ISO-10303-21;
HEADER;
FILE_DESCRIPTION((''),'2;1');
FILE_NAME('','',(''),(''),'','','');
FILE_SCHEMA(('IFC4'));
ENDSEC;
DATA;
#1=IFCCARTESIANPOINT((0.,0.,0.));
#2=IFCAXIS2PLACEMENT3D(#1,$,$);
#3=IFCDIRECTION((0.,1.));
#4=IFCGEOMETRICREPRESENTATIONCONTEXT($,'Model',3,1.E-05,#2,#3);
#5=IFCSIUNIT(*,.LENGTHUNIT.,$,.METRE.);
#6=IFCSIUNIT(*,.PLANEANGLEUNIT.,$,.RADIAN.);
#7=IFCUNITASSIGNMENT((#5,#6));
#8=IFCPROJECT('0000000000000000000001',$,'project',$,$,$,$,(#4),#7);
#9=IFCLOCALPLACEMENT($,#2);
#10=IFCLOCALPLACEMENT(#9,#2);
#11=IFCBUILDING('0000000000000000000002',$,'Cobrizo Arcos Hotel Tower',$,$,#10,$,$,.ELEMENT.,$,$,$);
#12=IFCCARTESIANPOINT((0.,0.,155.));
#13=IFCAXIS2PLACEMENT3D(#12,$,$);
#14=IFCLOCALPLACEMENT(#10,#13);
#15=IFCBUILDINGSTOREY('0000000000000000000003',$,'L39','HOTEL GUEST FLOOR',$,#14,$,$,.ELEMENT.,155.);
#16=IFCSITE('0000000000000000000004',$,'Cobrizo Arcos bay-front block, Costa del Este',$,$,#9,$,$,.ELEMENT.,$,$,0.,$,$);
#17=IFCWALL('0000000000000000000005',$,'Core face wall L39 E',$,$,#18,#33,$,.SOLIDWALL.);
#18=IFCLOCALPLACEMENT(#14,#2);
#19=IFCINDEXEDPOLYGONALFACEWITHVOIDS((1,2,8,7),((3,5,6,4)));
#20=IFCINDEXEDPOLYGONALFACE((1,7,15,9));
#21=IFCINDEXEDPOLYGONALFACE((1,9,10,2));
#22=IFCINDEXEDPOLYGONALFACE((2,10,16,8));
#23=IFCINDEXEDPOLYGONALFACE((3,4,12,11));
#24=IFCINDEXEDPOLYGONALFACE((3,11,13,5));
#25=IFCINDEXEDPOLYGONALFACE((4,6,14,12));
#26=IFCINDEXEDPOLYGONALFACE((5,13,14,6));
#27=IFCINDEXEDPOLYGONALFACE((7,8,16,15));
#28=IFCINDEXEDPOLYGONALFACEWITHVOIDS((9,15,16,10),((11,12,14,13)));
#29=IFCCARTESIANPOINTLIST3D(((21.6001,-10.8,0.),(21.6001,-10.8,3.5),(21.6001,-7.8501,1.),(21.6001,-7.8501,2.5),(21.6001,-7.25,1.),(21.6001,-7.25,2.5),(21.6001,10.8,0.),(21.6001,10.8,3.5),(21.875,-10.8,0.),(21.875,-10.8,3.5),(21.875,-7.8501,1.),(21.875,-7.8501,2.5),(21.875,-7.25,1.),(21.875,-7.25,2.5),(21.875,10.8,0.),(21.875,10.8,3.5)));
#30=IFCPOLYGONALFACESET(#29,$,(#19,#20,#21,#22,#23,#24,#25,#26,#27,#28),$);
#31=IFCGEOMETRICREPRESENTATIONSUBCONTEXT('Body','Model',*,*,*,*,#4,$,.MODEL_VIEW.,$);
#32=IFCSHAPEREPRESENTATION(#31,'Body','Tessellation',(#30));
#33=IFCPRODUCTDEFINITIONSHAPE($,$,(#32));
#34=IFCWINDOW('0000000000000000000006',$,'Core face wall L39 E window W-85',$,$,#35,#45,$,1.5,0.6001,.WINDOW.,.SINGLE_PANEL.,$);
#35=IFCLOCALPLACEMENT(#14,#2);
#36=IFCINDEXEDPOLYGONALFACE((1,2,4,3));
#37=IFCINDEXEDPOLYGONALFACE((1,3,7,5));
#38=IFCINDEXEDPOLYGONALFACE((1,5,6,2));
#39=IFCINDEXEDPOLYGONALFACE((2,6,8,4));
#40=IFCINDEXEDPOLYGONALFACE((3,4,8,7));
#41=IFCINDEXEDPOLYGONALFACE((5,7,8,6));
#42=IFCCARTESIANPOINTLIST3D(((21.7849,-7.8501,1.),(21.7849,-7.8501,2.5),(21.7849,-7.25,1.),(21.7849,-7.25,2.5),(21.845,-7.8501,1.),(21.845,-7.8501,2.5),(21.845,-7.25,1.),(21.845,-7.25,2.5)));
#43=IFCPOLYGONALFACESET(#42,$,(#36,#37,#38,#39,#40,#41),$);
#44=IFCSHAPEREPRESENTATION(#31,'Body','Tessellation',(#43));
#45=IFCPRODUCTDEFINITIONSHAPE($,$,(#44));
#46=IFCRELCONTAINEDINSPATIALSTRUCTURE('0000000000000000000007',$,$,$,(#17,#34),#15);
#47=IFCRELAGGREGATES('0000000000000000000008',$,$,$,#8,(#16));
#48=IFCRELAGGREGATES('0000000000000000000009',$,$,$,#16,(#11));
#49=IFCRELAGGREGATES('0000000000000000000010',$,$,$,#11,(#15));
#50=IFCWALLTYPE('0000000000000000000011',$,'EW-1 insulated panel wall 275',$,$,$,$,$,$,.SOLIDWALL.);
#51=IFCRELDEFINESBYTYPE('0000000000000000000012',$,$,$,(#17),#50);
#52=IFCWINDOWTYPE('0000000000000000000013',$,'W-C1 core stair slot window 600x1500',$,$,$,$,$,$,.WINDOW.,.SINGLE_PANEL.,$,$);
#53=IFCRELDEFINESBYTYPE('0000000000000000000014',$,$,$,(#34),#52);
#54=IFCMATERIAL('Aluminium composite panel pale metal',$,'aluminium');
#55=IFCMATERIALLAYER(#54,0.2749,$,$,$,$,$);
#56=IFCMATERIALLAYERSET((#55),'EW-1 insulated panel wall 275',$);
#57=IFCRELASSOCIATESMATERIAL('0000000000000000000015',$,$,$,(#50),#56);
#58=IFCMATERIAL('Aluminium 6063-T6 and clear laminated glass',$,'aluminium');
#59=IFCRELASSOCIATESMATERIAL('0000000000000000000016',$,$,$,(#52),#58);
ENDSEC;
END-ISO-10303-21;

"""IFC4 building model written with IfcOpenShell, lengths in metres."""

from ifc_helpers import new_model, si_unit, direction, frame, frame_2d, origin, place, context, subcontext, project, spatial, rectangle, extrude, material, layer, layer_set, type_object, element, fill, save


model = new_model("IFC4")

# Units and contexts
model_context = context("Model", 3, precision=1e-05, world=origin(), true_north=direction((0.0, 1.0)))
body_context = subcontext(model_context, "Body", "Model", "MODEL_VIEW")
ifc_project = project(units=[si_unit("LENGTHUNIT", "METRE"), si_unit("PLANEANGLEUNIT", "RADIAN")], contexts=[model_context])

# Site, building, storey
site_placement = place(None, origin())
site = spatial("IfcSite", under=ifc_project, at=site_placement, Name="Cobrizo Arcos bay-front block, Costa del Este", CompositionType="ELEMENT", RefElevation=0.0)
building_placement = place(site_placement, origin())
building = spatial("IfcBuilding", under=site, at=building_placement, Name="Cobrizo Arcos Hotel Tower", CompositionType="ELEMENT")
storey_placement = place(building_placement, frame((0.0, 0.0, 155.0)))
storey = spatial("IfcBuildingStorey", under=building, at=storey_placement, Name="L39", Description="HOTEL GUEST FLOOR", CompositionType="ELEMENT", Elevation=155.0)

# Shared definitions
ifc_material_1 = material(Name="Aluminium composite panel pale metal", Category="aluminium")

# Wall, opening, window
ifc_layer_1 = layer(ifc_material_1, 0.2749)
ifc_layer_set_1 = layer_set([ifc_layer_1], Name="EW-1 insulated panel wall 275")
wall_type_1 = type_object("IfcWallType", Name="EW-1 insulated panel wall 275", PredefinedType="SOLIDWALL", material=ifc_layer_set_1)
wall_1_placement = place(storey_placement, frame((21.7375, -10.8, 0.0), z_axis=(0.0, 0.0, 1.0), x_axis=(0.0, 1.0, 0.0)))
wall_1 = element("IfcWall", 1, at=wall_1_placement, inside=storey, type_object=wall_type_1, Name="Core face wall L39 E", PredefinedType="SOLIDWALL", context=body_context, shape_type="SweptSolid", body=[
    extrude(rectangle(XDim=21.6001, YDim=0.2749, at=frame_2d((10.8, 0.0))), origin(), (0.0, 0.0, 1.0), 3.5),
])
opening_1_placement = place(wall_1_placement, frame((2.95, 0.0, 1.0)))
opening_1 = element("IfcOpeningElement", 2, at=opening_1_placement, cuts=wall_1, PredefinedType="OPENING", context=body_context, shape_type="SweptSolid", body=[
    extrude(rectangle(XDim=0.6001, YDim=1.5, at=frame_2d((0.3, 0.75))), frame((0.0, 0.1494, 0.0), z_axis=(0.0, -1.0, 0.0), x_axis=(1.0, 0.0, 0.0)), (0.0, 0.0, 1.0), 0.2988),
])
ifc_material_2 = material(Name="Aluminium 6063-T6 and clear laminated glass", Category="aluminium")
window_type = type_object("IfcWindowType", Name="W-C1 core stair slot window 600x1500", PartitioningType="SINGLE_PANEL", PredefinedType="WINDOW", material=ifc_material_2)
window_placement = place(opening_1_placement, origin())
window = element("IfcWindow", 3, at=window_placement, inside=storey, type_object=window_type, Name="Core face wall L39 E window W-85", OverallHeight=1.5, OverallWidth=0.6001, PartitioningType="SINGLE_PANEL", PredefinedType="WINDOW", context=body_context, shape_type="SweptSolid", body=[
    extrude(rectangle(XDim=0.6001, YDim=1.5, at=frame_2d((0.3, 0.75))), frame((0.0, -0.0474, 0.0), z_axis=(0.0, -1.0, 0.0), x_axis=(1.0, 0.0, 0.0)), (0.0, 0.0, 1.0), 0.0601),
])
fill(opening_1, window)

save(model, "model.ifc")
